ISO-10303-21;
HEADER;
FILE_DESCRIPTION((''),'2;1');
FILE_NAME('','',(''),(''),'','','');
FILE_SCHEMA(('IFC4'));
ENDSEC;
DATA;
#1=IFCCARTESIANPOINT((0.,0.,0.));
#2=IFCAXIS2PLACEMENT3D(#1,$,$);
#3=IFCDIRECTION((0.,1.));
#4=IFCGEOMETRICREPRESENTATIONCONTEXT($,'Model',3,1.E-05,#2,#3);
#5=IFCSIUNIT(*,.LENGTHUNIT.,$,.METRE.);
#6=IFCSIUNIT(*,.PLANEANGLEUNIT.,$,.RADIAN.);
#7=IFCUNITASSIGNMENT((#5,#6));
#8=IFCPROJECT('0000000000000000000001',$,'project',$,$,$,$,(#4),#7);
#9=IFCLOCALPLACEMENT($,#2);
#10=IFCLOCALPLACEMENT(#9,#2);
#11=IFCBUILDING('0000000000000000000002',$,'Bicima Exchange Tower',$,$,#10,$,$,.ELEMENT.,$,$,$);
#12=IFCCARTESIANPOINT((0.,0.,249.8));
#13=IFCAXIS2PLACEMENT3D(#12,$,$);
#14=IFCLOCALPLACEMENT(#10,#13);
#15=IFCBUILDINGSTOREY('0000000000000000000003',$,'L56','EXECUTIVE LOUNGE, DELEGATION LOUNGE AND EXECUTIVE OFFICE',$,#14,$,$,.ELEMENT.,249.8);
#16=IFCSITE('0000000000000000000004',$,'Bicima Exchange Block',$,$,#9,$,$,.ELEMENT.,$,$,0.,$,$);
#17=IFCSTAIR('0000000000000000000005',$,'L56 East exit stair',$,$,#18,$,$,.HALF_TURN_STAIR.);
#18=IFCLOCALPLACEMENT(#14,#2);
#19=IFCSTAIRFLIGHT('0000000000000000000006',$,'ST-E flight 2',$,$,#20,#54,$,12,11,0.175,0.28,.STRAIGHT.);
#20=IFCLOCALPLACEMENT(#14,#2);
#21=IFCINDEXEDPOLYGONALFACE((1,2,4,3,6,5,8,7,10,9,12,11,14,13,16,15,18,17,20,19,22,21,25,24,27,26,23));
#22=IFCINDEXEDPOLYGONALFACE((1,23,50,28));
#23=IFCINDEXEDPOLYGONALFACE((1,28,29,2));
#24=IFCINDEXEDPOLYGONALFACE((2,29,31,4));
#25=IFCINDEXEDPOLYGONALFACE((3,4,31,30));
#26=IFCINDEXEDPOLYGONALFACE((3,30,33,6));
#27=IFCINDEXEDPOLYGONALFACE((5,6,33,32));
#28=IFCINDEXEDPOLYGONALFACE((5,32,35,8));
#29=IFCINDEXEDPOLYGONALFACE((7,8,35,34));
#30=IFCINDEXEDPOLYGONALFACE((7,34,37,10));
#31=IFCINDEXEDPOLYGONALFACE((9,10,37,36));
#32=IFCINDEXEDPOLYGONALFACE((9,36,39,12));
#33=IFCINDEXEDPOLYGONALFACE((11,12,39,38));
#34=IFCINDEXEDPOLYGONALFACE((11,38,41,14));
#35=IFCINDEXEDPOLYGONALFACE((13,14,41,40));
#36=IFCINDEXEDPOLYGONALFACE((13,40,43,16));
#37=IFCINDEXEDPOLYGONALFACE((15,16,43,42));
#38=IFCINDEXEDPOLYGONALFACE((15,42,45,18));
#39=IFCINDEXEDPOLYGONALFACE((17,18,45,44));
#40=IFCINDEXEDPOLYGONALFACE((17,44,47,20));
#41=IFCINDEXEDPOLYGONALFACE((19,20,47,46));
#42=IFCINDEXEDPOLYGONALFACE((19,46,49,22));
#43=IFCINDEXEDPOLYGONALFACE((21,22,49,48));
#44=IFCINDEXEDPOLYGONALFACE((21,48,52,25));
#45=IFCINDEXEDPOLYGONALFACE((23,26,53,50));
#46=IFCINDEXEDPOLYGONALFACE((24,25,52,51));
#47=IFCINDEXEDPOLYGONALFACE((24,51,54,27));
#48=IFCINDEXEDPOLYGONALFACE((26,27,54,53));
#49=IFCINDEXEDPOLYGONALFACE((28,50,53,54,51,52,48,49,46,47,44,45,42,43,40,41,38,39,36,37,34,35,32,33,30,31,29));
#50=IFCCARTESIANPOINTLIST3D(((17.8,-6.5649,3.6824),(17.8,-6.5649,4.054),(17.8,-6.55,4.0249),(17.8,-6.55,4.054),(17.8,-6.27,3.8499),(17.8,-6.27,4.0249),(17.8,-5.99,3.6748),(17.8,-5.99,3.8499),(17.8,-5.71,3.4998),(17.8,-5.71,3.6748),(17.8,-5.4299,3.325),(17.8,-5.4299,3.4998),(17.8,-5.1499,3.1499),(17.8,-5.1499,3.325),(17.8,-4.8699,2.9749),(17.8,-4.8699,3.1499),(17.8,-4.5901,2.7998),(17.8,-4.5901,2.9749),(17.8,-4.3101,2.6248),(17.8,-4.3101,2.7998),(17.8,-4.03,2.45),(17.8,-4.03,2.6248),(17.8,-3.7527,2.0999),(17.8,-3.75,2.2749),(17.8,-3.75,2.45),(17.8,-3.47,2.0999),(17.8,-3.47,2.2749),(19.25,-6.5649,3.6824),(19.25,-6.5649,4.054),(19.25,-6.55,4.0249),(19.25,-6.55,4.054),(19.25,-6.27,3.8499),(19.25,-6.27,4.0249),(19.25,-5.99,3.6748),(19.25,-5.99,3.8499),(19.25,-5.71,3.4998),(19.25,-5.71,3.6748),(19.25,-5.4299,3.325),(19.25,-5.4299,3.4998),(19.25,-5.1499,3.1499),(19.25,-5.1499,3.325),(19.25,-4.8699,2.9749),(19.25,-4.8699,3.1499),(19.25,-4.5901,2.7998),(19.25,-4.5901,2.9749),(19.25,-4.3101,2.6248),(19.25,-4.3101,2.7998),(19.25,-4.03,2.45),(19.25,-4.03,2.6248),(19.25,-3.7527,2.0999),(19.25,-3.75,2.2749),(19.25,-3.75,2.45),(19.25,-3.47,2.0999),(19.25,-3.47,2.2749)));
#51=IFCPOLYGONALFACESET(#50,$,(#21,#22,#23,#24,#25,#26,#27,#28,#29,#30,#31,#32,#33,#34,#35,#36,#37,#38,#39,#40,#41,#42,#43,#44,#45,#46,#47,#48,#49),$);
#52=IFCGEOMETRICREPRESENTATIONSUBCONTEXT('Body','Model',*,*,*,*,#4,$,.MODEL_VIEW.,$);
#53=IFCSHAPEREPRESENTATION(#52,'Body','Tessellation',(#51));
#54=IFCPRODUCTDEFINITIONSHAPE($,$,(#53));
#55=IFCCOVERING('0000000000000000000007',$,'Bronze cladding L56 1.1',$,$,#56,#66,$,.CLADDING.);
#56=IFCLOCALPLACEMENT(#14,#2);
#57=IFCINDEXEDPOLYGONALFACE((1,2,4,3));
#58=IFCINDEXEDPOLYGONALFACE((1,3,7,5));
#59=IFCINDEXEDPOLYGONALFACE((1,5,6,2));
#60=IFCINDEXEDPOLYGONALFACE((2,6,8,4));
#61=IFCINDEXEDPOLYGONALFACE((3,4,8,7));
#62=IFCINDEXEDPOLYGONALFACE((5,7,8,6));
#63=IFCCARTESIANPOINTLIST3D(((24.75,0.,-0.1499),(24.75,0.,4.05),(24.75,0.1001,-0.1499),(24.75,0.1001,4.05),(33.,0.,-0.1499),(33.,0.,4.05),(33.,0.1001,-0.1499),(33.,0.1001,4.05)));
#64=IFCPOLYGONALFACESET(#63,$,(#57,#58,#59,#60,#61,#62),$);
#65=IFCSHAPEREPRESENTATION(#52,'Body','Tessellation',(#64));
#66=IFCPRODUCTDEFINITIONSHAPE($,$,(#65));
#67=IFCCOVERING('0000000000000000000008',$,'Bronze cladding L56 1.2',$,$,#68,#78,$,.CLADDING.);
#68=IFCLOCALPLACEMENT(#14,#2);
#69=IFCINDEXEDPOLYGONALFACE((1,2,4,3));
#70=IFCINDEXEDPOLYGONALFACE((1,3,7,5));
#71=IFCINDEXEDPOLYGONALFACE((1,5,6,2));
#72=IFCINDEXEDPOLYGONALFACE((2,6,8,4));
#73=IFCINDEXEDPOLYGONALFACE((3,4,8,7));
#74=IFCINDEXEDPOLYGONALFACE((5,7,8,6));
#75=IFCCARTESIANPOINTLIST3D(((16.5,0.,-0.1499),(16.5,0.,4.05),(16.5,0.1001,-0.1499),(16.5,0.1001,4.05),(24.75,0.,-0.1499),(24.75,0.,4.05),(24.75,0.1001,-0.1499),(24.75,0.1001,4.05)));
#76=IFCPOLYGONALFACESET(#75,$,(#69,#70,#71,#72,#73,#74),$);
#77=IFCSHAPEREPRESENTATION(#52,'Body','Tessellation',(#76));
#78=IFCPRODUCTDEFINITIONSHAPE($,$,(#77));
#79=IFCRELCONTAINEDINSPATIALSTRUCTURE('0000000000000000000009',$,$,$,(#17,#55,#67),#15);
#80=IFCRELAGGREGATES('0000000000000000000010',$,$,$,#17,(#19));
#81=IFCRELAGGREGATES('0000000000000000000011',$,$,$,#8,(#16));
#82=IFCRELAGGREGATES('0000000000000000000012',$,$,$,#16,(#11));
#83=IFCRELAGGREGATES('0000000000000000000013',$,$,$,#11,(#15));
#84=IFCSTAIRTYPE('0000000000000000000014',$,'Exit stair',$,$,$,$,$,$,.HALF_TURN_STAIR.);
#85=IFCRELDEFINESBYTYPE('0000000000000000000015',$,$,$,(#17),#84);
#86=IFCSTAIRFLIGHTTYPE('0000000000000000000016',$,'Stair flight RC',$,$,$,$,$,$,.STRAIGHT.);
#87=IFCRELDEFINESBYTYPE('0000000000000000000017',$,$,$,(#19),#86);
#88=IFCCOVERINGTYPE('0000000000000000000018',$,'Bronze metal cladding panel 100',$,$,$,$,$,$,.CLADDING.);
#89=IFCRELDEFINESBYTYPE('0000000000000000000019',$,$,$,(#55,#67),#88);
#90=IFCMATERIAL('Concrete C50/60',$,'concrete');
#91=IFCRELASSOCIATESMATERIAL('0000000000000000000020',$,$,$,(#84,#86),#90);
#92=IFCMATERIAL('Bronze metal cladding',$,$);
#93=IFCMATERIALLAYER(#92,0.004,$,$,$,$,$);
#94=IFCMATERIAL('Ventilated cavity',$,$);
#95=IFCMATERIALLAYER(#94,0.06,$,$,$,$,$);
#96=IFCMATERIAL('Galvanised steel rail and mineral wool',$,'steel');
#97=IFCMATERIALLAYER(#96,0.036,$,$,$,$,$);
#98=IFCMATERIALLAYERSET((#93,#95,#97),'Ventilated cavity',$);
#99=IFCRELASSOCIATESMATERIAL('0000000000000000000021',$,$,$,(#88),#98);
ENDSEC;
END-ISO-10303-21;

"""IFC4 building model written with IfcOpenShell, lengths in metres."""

from ifc_helpers import new_model, si_unit, direction, frame, origin, origin_2d, place, context, subcontext, project, spatial, polyline, rectangle, outline, extrude, material, layer, layer_set, type_object, element, aggregate, save


model = new_model("IFC4")

# Units and contexts
model_context = context("Model", 3, precision=1e-05, world=origin(), true_north=direction((0.0, 1.0)))
body_context = subcontext(model_context, "Body", "Model", "MODEL_VIEW")
ifc_project = project(units=[si_unit("LENGTHUNIT", "METRE"), si_unit("PLANEANGLEUNIT", "RADIAN")], contexts=[model_context])

# Site, building, storey
site_placement = place(None, origin())
site = spatial("IfcSite", under=ifc_project, at=site_placement, Name="Bicima Exchange Block", CompositionType="ELEMENT", RefElevation=0.0)
building_placement = place(site_placement, origin())
building = spatial("IfcBuilding", under=site, at=building_placement, Name="Bicima Exchange Tower", CompositionType="ELEMENT")
storey_placement = place(building_placement, frame((0.0, 0.0, 249.8)))
storey = spatial("IfcBuildingStorey", under=building, at=storey_placement, Name="L56", Description="EXECUTIVE LOUNGE, DELEGATION LOUNGE AND EXECUTIVE OFFICE", CompositionType="ELEMENT", Elevation=249.8)

# Shared definitions
ifc_material_1 = material(Name="Concrete C50/60", Category="concrete")

# Stair, stair flight
stair_type = type_object("IfcStairType", Name="Exit stair", PredefinedType="HALF_TURN_STAIR", material=ifc_material_1)
stair_placement = place(storey_placement, origin())
stair = element("IfcStair", 1, at=stair_placement, inside=storey, type_object=stair_type, Name="L56 East exit stair", PredefinedType="HALF_TURN_STAIR")
stair_flight_type = type_object("IfcStairFlightType", Name="Stair flight RC", PredefinedType="STRAIGHT", material=ifc_material_1)
stair_flight_1_placement = place(storey_placement, frame((18.5249, -3.47, 2.0999), z_axis=(0.0, 0.0, 1.0), x_axis=(0.0, -1.0, 0.0)))
stair_flight_1 = element("IfcStairFlight", 2, at=stair_flight_1_placement, type_object=stair_flight_type, Name="ST-E flight 2", NumberOfRisers=12, NumberOfTreads=11, PredefinedType="STRAIGHT", RiserHeight=0.175, TreadLength=0.28, context=body_context, shape_type="SweptSolid", body=[
    extrude(outline(polyline([(0.0, 0.0), (0.0, 0.175), (0.28, 0.175), (0.28, 0.3501), (0.5601, 0.3501), (0.5601, 0.5249), (0.8401, 0.5249), (0.8401, 0.7), (1.1201, 0.7), (1.1201, 0.875), (1.3999, 0.875), (1.3999, 1.05), (1.6799, 1.05), (1.6799, 1.2251), (1.96, 1.2251), (1.96, 1.3999), (2.24, 1.3999), (2.24, 1.575), (2.52, 1.575), (2.52, 1.75), (2.8, 1.75), (2.8, 1.925), (3.0801, 1.925), (3.0801, 1.9541), (3.095, 1.9541), (3.095, 1.5825), (0.2827, 0.0), (0.0, 0.0)])), frame((0.0, 0.7251, 0.0), z_axis=(0.0, -1.0, 0.0), x_axis=(1.0, 0.0, 0.0)), (0.0, 0.0, 1.0), 1.45),
])
aggregate(stair, [stair_flight_1])

# Coverings
ifc_material_2 = material(Name="Bronze metal cladding")
ifc_layer_1 = layer(ifc_material_2, 0.004)
ifc_material_3 = material(Name="Ventilated cavity")
ifc_layer_2 = layer(ifc_material_3, 0.06)
ifc_material_4 = material(Name="Galvanised steel rail and mineral wool", Category="steel")
ifc_layer_3 = layer(ifc_material_4, 0.036)
ifc_layer_set_1 = layer_set([ifc_layer_1, ifc_layer_2, ifc_layer_3], Name="Ventilated cavity")
covering_type = type_object("IfcCoveringType", Name="Bronze metal cladding panel 100", PredefinedType="CLADDING", material=ifc_layer_set_1)
for number, where, z_axis, x_axis, name in (
    (3, (28.875, 0.05, -0.1499), (0.0, 0.0, 1.0), (-1.0, 0.0, 0.0), "Bronze cladding L56 1.1"),
    (4, (20.625, 0.05, -0.1499), (0.0, 0.0, 1.0), (-1.0, 0.0, 0.0), "Bronze cladding L56 1.2"),
):
    element("IfcCovering", number, at=place(storey_placement, frame(where, z_axis=z_axis, x_axis=x_axis)), inside=storey, type_object=covering_type, Name=name, PredefinedType="CLADDING", context=body_context, shape_type="SweptSolid", body=[
        extrude(rectangle(XDim=8.25, YDim=0.1001, at=origin_2d()), origin(), (0.0, 0.0, 1.0), 4.2),
    ])

save(model, "model.ifc")
